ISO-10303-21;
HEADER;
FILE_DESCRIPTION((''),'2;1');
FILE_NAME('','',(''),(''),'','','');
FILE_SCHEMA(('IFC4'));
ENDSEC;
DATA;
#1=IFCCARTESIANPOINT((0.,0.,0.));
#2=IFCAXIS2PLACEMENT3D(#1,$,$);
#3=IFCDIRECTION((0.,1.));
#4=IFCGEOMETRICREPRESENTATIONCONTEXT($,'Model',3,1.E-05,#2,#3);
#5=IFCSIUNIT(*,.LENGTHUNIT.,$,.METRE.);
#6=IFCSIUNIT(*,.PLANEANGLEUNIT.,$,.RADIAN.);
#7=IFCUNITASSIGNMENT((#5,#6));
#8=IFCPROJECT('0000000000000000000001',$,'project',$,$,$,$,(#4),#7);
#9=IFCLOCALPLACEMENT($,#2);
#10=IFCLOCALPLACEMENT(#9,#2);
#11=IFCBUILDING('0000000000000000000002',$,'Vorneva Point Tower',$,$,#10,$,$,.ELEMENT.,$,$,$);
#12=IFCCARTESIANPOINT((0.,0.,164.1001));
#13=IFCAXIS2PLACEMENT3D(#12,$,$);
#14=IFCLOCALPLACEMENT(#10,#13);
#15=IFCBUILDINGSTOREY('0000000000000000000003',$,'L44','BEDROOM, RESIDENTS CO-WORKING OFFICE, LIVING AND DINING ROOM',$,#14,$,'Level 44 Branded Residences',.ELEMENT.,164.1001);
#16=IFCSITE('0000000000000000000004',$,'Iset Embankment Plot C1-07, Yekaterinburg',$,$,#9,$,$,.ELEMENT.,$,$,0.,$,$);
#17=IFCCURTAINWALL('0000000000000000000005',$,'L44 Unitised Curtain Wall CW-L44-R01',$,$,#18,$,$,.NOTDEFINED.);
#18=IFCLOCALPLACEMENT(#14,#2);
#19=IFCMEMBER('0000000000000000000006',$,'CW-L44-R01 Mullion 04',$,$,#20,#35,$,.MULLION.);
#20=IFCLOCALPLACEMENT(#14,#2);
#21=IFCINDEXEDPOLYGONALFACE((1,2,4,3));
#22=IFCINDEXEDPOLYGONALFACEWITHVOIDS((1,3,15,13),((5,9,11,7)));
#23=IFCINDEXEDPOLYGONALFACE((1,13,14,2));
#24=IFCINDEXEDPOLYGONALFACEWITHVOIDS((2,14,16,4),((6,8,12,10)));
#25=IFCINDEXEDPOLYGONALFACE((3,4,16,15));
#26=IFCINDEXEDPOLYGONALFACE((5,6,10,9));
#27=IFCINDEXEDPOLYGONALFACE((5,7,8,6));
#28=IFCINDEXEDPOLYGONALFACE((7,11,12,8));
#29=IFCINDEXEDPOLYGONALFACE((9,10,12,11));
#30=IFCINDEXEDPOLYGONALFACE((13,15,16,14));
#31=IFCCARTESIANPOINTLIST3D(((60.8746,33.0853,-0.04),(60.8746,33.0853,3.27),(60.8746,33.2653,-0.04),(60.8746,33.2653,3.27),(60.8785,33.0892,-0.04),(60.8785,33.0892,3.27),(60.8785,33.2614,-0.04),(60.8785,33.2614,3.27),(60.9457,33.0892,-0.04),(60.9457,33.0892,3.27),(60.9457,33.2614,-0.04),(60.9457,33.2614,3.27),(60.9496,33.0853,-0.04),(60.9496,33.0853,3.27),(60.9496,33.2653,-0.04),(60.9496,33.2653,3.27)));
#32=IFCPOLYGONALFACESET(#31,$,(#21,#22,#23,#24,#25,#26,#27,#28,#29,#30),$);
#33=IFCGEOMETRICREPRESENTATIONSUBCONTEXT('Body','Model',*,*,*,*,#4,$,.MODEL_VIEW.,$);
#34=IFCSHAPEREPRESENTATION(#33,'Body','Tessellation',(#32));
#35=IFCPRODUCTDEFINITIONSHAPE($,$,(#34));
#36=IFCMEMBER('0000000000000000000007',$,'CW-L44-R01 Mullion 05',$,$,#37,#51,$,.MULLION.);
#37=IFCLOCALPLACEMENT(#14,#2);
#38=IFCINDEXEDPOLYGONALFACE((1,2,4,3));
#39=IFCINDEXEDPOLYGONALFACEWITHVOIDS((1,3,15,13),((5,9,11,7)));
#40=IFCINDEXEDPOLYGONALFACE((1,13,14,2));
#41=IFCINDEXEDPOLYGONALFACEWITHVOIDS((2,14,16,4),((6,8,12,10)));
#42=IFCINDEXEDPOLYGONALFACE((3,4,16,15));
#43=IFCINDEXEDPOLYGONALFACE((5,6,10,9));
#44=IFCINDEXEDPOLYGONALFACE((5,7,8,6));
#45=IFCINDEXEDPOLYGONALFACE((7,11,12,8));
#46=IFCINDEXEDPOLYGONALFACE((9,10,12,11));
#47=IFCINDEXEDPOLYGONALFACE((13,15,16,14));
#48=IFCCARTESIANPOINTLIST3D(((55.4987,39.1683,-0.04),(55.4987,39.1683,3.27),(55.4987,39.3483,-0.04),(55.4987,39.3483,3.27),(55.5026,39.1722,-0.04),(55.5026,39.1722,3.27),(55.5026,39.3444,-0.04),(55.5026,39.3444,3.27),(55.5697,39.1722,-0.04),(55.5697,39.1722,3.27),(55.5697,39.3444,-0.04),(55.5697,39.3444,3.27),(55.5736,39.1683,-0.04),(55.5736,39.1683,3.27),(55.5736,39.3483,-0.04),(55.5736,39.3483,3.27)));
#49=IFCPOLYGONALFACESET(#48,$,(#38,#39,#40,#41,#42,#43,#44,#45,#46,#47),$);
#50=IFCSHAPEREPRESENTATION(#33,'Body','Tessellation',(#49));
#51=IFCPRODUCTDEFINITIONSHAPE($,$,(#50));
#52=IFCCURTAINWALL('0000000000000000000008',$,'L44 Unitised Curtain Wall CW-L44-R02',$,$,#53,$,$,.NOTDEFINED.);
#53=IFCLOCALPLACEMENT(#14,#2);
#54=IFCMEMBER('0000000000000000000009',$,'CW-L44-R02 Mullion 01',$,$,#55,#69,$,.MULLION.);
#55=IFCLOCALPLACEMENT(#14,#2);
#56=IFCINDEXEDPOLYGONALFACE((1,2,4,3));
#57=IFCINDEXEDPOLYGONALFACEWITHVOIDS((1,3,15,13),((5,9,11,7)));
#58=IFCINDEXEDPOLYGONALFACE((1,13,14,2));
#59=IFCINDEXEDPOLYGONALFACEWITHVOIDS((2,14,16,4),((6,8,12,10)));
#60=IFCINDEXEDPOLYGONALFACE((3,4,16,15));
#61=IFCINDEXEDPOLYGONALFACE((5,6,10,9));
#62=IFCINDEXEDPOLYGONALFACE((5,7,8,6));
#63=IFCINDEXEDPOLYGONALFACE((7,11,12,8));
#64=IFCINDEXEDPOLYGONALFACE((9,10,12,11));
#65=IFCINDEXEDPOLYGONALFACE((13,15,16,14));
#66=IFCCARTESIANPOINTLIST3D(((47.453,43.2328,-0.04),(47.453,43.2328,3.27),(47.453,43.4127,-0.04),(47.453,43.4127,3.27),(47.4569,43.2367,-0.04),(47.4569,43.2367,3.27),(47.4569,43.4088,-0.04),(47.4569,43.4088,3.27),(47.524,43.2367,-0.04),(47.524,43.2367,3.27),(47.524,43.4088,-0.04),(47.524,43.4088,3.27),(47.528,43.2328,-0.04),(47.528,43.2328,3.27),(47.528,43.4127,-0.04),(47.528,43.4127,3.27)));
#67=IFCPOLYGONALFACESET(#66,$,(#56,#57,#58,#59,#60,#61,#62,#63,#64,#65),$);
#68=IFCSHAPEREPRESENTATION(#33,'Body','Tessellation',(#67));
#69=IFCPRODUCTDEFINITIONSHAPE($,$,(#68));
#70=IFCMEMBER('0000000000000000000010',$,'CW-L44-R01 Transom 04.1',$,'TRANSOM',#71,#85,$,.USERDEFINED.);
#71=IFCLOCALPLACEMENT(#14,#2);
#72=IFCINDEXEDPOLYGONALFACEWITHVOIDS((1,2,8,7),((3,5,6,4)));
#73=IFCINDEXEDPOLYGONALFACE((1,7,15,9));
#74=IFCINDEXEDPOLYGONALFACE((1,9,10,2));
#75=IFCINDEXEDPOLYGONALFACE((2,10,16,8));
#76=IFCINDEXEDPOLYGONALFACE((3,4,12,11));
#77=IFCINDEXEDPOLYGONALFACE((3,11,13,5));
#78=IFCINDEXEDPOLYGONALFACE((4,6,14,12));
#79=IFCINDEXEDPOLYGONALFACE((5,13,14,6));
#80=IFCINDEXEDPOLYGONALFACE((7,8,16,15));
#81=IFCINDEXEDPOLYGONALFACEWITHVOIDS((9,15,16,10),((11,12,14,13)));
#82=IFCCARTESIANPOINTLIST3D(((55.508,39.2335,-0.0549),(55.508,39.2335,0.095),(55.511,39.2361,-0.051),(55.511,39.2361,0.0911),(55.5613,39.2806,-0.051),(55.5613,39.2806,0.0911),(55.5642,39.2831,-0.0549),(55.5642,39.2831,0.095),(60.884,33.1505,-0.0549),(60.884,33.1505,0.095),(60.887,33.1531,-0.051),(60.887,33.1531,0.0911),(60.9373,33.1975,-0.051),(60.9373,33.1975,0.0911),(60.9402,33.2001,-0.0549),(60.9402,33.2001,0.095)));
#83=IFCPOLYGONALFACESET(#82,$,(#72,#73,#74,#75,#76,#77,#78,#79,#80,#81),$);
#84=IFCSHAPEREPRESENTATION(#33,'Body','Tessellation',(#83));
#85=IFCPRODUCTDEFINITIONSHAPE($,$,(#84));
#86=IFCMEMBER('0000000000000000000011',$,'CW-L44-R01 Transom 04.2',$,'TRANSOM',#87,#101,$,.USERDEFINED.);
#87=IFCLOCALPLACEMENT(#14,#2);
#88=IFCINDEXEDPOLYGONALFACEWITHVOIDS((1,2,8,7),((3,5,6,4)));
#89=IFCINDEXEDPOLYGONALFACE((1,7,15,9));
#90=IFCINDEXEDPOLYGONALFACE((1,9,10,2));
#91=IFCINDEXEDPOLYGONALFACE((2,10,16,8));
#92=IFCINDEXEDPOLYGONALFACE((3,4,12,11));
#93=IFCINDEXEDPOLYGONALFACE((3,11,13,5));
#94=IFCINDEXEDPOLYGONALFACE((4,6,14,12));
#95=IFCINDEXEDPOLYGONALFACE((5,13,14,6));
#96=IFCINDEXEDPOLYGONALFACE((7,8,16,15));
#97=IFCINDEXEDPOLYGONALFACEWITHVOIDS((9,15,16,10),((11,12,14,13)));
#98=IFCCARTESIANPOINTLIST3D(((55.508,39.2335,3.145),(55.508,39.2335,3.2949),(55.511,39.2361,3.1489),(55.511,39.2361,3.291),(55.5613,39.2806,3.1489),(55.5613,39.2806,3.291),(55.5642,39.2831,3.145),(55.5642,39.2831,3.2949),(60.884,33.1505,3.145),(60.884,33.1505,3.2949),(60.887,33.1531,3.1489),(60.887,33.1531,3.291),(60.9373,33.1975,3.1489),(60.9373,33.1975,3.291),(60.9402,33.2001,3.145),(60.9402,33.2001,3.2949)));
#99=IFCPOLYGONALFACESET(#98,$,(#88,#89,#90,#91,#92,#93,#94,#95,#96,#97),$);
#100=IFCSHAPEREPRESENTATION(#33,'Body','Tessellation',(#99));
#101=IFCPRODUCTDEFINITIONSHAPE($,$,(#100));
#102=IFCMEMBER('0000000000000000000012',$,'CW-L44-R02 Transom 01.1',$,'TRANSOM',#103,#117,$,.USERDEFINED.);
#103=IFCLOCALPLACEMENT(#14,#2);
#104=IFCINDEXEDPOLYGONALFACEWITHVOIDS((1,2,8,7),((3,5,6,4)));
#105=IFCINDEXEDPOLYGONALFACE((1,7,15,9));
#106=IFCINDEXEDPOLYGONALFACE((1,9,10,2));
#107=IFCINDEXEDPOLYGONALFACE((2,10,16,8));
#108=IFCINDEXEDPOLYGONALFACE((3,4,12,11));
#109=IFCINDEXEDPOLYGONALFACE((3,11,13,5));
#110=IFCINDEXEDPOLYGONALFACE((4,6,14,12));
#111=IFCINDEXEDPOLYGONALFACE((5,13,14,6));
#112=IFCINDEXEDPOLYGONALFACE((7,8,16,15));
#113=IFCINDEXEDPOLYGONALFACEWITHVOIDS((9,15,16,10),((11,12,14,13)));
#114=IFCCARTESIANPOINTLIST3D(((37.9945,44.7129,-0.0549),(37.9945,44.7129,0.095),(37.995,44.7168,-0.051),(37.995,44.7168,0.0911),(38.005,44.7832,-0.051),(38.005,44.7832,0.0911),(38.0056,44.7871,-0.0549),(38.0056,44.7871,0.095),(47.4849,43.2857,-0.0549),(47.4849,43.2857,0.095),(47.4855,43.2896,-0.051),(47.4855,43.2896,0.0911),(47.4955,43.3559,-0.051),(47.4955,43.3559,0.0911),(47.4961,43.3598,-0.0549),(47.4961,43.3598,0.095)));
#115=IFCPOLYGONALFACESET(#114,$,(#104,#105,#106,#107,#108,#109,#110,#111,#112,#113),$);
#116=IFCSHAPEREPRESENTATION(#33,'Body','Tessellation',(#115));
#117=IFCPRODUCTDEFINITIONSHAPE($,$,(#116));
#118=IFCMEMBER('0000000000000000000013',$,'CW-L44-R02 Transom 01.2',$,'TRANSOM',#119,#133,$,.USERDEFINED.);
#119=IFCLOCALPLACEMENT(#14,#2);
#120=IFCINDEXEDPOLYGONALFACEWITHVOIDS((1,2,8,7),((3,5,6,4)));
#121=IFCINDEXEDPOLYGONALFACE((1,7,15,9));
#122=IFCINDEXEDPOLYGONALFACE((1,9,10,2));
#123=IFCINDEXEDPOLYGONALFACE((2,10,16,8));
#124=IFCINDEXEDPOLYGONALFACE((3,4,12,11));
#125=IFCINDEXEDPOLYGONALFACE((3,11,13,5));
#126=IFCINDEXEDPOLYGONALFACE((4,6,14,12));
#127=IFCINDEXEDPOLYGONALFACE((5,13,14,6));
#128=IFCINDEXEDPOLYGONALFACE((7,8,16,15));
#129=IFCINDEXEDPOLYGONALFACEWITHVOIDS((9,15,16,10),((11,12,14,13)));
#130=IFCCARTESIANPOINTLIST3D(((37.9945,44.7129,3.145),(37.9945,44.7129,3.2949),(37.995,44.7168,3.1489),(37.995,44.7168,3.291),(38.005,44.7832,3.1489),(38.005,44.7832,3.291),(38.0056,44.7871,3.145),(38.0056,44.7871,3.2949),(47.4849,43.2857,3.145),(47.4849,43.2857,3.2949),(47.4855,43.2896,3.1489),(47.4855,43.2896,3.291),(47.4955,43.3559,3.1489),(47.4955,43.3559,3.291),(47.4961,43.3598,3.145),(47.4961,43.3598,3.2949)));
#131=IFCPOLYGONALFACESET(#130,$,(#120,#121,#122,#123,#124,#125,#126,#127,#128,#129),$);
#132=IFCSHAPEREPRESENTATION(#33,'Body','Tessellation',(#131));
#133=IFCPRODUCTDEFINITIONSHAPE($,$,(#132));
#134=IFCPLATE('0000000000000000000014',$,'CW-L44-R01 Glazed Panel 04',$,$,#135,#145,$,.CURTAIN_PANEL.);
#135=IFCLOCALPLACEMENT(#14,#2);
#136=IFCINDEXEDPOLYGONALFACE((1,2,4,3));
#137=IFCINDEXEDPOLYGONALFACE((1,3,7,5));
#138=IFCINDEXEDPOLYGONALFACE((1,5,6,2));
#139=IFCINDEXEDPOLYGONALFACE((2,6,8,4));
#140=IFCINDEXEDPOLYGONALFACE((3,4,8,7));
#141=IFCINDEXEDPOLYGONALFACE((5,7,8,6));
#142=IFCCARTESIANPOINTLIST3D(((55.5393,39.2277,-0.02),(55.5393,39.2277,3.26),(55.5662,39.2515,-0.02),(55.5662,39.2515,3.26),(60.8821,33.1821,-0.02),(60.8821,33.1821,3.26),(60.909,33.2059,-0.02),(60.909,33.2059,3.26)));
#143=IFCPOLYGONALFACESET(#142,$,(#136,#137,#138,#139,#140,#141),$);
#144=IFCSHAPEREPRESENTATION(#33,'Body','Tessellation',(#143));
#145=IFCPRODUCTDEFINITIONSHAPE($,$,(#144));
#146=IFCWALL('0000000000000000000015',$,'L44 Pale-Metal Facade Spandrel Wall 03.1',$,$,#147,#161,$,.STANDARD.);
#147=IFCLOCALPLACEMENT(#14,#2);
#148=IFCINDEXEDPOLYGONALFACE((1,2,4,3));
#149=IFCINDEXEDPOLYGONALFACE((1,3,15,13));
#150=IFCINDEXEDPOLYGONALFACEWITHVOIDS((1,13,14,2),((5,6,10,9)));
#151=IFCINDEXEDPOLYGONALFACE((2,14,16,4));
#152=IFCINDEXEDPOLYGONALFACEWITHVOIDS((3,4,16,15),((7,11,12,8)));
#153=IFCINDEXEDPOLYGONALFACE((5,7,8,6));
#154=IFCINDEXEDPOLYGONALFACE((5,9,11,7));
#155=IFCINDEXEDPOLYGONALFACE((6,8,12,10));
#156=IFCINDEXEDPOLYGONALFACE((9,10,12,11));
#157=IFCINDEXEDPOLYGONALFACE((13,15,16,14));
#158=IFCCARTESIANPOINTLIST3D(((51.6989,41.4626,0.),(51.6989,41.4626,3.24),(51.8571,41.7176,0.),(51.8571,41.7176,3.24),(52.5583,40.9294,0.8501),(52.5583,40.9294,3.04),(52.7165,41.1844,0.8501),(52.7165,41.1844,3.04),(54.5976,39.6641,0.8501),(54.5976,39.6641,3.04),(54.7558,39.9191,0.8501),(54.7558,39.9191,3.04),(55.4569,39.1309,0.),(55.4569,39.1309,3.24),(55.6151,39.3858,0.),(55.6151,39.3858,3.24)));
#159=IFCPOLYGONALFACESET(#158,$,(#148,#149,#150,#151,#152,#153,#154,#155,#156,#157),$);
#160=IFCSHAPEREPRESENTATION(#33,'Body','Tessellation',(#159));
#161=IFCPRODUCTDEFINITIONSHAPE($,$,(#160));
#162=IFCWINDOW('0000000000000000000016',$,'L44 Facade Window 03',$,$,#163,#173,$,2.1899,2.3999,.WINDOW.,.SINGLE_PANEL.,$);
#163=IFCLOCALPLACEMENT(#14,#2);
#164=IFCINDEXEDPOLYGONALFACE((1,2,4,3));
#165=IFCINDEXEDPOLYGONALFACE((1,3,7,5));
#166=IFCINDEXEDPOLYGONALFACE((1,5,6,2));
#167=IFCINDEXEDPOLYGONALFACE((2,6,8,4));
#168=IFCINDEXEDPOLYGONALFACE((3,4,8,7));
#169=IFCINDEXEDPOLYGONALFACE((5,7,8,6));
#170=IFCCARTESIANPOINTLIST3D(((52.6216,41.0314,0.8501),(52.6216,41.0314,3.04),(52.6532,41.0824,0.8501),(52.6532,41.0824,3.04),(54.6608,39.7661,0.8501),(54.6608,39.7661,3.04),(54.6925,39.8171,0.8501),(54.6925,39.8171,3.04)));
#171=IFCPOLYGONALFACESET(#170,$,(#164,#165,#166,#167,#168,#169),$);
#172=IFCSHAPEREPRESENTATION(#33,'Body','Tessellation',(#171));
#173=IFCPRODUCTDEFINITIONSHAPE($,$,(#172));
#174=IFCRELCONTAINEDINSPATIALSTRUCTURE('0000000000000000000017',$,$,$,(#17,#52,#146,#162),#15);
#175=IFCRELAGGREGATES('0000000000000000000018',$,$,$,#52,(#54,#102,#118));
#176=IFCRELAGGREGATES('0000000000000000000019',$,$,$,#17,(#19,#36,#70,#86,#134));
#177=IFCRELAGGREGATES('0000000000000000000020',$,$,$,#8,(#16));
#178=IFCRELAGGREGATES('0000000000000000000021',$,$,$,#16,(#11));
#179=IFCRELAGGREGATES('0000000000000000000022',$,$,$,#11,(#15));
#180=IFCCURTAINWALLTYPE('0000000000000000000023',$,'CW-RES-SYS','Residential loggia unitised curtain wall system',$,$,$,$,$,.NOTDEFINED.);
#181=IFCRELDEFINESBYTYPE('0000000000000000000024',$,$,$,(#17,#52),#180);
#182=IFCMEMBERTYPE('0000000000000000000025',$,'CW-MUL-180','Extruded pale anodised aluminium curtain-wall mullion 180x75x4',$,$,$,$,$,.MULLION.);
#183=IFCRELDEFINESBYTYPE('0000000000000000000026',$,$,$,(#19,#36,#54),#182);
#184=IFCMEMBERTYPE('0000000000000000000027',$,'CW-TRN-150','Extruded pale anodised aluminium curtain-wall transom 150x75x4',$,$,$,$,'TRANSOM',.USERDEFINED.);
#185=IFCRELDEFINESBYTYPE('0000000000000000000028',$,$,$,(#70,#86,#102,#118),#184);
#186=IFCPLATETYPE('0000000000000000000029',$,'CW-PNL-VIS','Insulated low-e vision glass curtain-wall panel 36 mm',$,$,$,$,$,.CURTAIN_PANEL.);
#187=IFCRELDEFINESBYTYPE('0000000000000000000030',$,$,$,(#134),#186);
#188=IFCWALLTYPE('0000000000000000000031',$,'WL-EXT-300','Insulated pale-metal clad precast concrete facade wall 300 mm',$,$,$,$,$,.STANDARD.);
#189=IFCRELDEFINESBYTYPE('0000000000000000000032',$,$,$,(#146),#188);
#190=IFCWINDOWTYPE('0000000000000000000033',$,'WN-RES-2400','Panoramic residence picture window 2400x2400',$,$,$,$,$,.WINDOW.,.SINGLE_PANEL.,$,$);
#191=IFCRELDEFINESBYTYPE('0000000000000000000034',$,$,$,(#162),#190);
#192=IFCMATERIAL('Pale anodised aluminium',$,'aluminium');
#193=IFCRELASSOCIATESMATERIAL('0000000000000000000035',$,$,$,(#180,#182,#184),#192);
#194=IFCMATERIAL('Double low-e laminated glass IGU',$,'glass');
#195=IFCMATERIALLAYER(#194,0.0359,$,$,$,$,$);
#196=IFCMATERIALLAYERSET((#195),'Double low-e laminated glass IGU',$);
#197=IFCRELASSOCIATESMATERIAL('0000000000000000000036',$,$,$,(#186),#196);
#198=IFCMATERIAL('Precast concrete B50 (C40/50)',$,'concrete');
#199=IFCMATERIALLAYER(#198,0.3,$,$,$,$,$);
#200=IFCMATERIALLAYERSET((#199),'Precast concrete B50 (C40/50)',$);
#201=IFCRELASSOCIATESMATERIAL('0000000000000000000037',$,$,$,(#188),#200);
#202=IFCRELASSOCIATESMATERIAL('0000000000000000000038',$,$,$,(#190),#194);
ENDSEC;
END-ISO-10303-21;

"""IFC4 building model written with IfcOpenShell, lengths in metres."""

from ifc_helpers import new_model, si_unit, direction, frame, frame_2d, origin, origin_2d, place, context, subcontext, project, spatial, rectangle, hollow_rectangle, extrude, material, layer, layer_set, material_profile, profile_set, type_object, element, fill, aggregate, save


model = new_model("IFC4")

# Units and contexts
model_context = context("Model", 3, precision=1e-05, world=origin(), true_north=direction((0.0, 1.0)))
body_context = subcontext(model_context, "Body", "Model", "MODEL_VIEW")
ifc_project = project(units=[si_unit("LENGTHUNIT", "METRE"), si_unit("PLANEANGLEUNIT", "RADIAN")], contexts=[model_context])

# Site, building, storey
site_placement = place(None, origin())
site = spatial("IfcSite", under=ifc_project, at=site_placement, Name="Iset Embankment Plot C1-07, Yekaterinburg", CompositionType="ELEMENT", RefElevation=0.0)
building_placement = place(site_placement, origin())
building = spatial("IfcBuilding", under=site, at=building_placement, Name="Vorneva Point Tower", CompositionType="ELEMENT")
storey_placement = place(building_placement, frame((0.0, 0.0, 164.1001)))
storey = spatial("IfcBuildingStorey", under=building, at=storey_placement, Name="L44", Description="BEDROOM, RESIDENTS CO-WORKING OFFICE, LIVING AND DINING ROOM", LongName="Level 44 Branded Residences", CompositionType="ELEMENT", Elevation=164.1001)

# Curtain wall, members
ifc_material_1 = material(Name="Pale anodised aluminium", Category="aluminium")
curtain_wall_type = type_object("IfcCurtainWallType", Name="CW-RES-SYS", Description="Residential loggia unitised curtain wall system", PredefinedType="NOTDEFINED", material=ifc_material_1)
curtain_wall_1_placement = place(storey_placement, origin())
curtain_wall_1 = element("IfcCurtainWall", 1, at=curtain_wall_1_placement, inside=storey, type_object=curtain_wall_type, Name="L44 Unitised Curtain Wall CW-L44-R01", PredefinedType="NOTDEFINED")
ifc_material_profile_1 = material_profile(ifc_material_1, hollow_rectangle(XDim=0.075, YDim=0.1799, WallThickness=0.0039, at=origin_2d()), Name="AL-MUL 180x75x4")
ifc_profile_set_1 = profile_set([ifc_material_profile_1], Name="Pale anodised aluminium")
member_type_1 = type_object("IfcMemberType", Name="CW-MUL-180", Description="Extruded pale anodised aluminium curtain-wall mullion 180x75x4", PredefinedType="MULLION", material=ifc_profile_set_1)
member_1_placement = place(storey_placement, frame((60.9121, 33.1753, -0.04), z_axis=(0.0, 0.0, 1.0), x_axis=(1.0, 0.0, 0.0)))
member_1 = element("IfcMember", 2, at=member_1_placement, type_object=member_type_1, Name="CW-L44-R01 Mullion 04", PredefinedType="MULLION", context=body_context, shape_type="SweptSolid", body=[
    extrude(hollow_rectangle(XDim=0.075, YDim=0.1799, WallThickness=0.0039, at=origin_2d()), origin(), (0.0, 0.0, 1.0), 3.3101),
])
member_2_placement = place(storey_placement, frame((55.5361, 39.2583, -0.04), z_axis=(0.0, 0.0, 1.0), x_axis=(1.0, 0.0, 0.0)))
member_2 = element("IfcMember", 3, at=member_2_placement, type_object=member_type_1, Name="CW-L44-R01 Mullion 05", PredefinedType="MULLION", context=body_context, shape_type="SweptSolid", body=[
    extrude(hollow_rectangle(XDim=0.075, YDim=0.1799, WallThickness=0.0039, at=origin_2d()), origin(), (0.0, 0.0, 1.0), 3.3101),
])

# Curtain wall, member
curtain_wall_2_placement = place(storey_placement, origin())
curtain_wall_2 = element("IfcCurtainWall", 4, at=curtain_wall_2_placement, inside=storey, type_object=curtain_wall_type, Name="L44 Unitised Curtain Wall CW-L44-R02", PredefinedType="NOTDEFINED")
member_3_placement = place(storey_placement, frame((47.4905, 43.3228, -0.04), z_axis=(0.0, 0.0, 1.0), x_axis=(1.0, 0.0, 0.0)))
member_3 = element("IfcMember", 5, at=member_3_placement, type_object=member_type_1, Name="CW-L44-R02 Mullion 01", PredefinedType="MULLION", context=body_context, shape_type="SweptSolid", body=[
    extrude(hollow_rectangle(XDim=0.075, YDim=0.1799, WallThickness=0.0039, at=origin_2d()), origin(), (0.0, 0.0, 1.0), 3.3101),
])

# Members
ifc_material_profile_2 = material_profile(ifc_material_1, hollow_rectangle(XDim=0.075, YDim=0.1499, WallThickness=0.0039, at=origin_2d()), Name="AL-TRN 150x75x4")
ifc_profile_set_2 = profile_set([ifc_material_profile_2], Name="Pale anodised aluminium")
member_type_2 = type_object("IfcMemberType", Name="CW-TRN-150", Description="Extruded pale anodised aluminium curtain-wall transom 150x75x4", ElementType="TRANSOM", PredefinedType="USERDEFINED", material=ifc_profile_set_2)
member_4_placement = place(storey_placement, frame((60.9121, 33.1753, 0.02), z_axis=(-0.662218, 0.749311, 0.0), x_axis=(-0.749311, -0.662218, 0.0)))
member_4 = element("IfcMember", 6, at=member_4_placement, type_object=member_type_2, Name="CW-L44-R01 Transom 04.1", ObjectType="TRANSOM", PredefinedType="USERDEFINED", context=body_context, shape_type="SweptSolid", body=[
    extrude(hollow_rectangle(XDim=0.075, YDim=0.1499, WallThickness=0.0039, at=origin_2d()), origin(), (0.0, 0.0, 1.0), 8.1182),
])
member_5_placement = place(storey_placement, frame((60.9121, 33.1753, 3.22), z_axis=(-0.662218, 0.749311, 0.0), x_axis=(-0.749311, -0.662218, 0.0)))
member_5 = element("IfcMember", 7, at=member_5_placement, type_object=member_type_2, Name="CW-L44-R01 Transom 04.2", ObjectType="TRANSOM", PredefinedType="USERDEFINED", context=body_context, shape_type="SweptSolid", body=[
    extrude(hollow_rectangle(XDim=0.075, YDim=0.1499, WallThickness=0.0039, at=origin_2d()), origin(), (0.0, 0.0, 1.0), 8.1182),
])
member_6_placement = place(storey_placement, frame((47.4905, 43.3228, 0.02), z_axis=(-0.98888, 0.148715, 0.0), x_axis=(-0.148715, -0.98888, 0.0)))
member_6 = element("IfcMember", 8, at=member_6_placement, type_object=member_type_2, Name="CW-L44-R02 Transom 01.1", ObjectType="TRANSOM", PredefinedType="USERDEFINED", context=body_context, shape_type="SweptSolid", body=[
    extrude(hollow_rectangle(XDim=0.075, YDim=0.1499, WallThickness=0.0039, at=origin_2d()), origin(), (0.0, 0.0, 1.0), 9.5972),
])
member_7_placement = place(storey_placement, frame((47.4905, 43.3228, 3.22), z_axis=(-0.98888, 0.148715, 0.0), x_axis=(-0.148715, -0.98888, 0.0)))
member_7 = element("IfcMember", 9, at=member_7_placement, type_object=member_type_2, Name="CW-L44-R02 Transom 01.2", ObjectType="TRANSOM", PredefinedType="USERDEFINED", context=body_context, shape_type="SweptSolid", body=[
    extrude(hollow_rectangle(XDim=0.075, YDim=0.1499, WallThickness=0.0039, at=origin_2d()), origin(), (0.0, 0.0, 1.0), 9.5972),
])
aggregate(curtain_wall_2, [member_3, member_6, member_7])

# Plate
ifc_material_2 = material(Name="Double low-e laminated glass IGU", Category="glass")
ifc_layer_1 = layer(ifc_material_2, 0.0359)
ifc_layer_set_1 = layer_set([ifc_layer_1], Name="Double low-e laminated glass IGU")
plate_type = type_object("IfcPlateType", Name="CW-PNL-VIS", Description="Insulated low-e vision glass curtain-wall panel 36 mm", PredefinedType="CURTAIN_PANEL", material=ifc_layer_set_1)
plate_placement = place(storey_placement, frame((58.2241, 36.2168, -0.02), z_axis=(0.0, 0.0, 1.0), x_axis=(-0.662215, 0.749314, 0.0)))
plate = element("IfcPlate", 10, at=plate_placement, type_object=plate_type, Name="CW-L44-R01 Glazed Panel 04", PredefinedType="CURTAIN_PANEL", context=body_context, shape_type="SweptSolid", body=[
    extrude(rectangle(XDim=8.0681, YDim=0.0359, at=origin_2d()), origin(), (0.0, 0.0, 1.0), 3.28),
])
aggregate(curtain_wall_1, [member_1, member_2, member_4, member_5, plate])

# Wall, opening, window
ifc_material_3 = material(Name="Precast concrete B50 (C40/50)", Category="concrete")
ifc_layer_2 = layer(ifc_material_3, 0.3)
ifc_layer_set_2 = layer_set([ifc_layer_2], Name="Precast concrete B50 (C40/50)")
wall_type_1 = type_object("IfcWallType", Name="WL-EXT-300", Description="Insulated pale-metal clad precast concrete facade wall 300 mm", PredefinedType="STANDARD", material=ifc_layer_set_2)
wall_1_placement = place(storey_placement, frame((55.5361, 39.2583, 0.0), z_axis=(0.0, 0.0, 1.0), x_axis=(-0.849721, 0.527232, 0.0)))
wall_1 = element("IfcWall", 11, at=wall_1_placement, inside=storey, type_object=wall_type_1, Name="L44 Pale-Metal Facade Spandrel Wall 03.1", PredefinedType="STANDARD", context=body_context, shape_type="SweptSolid", body=[
    extrude(rectangle(XDim=4.4226, YDim=0.3, at=frame_2d((2.2114, 0.0))), origin(), (0.0, 0.0, 1.0), 3.24),
])
opening_1_placement = place(wall_1_placement, frame((1.0115, 0.0, 0.8501)))
opening_1 = element("IfcOpeningElement", 12, at=opening_1_placement, cuts=wall_1, PredefinedType="OPENING", context=body_context, shape_type="SweptSolid", body=[
    extrude(rectangle(XDim=2.3999, YDim=2.1899, at=frame_2d((1.2, 1.095))), frame((0.0, 0.165, 0.0), z_axis=(0.0, -1.0, 0.0), x_axis=(1.0, 0.0, 0.0)), (0.0, 0.0, 1.0), 0.3298),
])
window_type = type_object("IfcWindowType", Name="WN-RES-2400", Description="Panoramic residence picture window 2400x2400", PartitioningType="SINGLE_PANEL", PredefinedType="WINDOW", material=ifc_material_2)
window_placement = place(opening_1_placement, origin())
window = element("IfcWindow", 13, at=window_placement, inside=storey, type_object=window_type, Name="L44 Facade Window 03", OverallHeight=2.1899, OverallWidth=2.3999, PartitioningType="SINGLE_PANEL", PredefinedType="WINDOW", context=body_context, shape_type="SweptSolid", body=[
    extrude(rectangle(XDim=2.3999, YDim=2.1899, at=frame_2d((1.2, 1.095))), frame((0.0, 0.03, 0.0), z_axis=(0.0, -1.0, 0.0), x_axis=(1.0, 0.0, 0.0)), (0.0, 0.0, 1.0), 0.0601),
])
fill(opening_1, window)

save(model, "model.ifc")
